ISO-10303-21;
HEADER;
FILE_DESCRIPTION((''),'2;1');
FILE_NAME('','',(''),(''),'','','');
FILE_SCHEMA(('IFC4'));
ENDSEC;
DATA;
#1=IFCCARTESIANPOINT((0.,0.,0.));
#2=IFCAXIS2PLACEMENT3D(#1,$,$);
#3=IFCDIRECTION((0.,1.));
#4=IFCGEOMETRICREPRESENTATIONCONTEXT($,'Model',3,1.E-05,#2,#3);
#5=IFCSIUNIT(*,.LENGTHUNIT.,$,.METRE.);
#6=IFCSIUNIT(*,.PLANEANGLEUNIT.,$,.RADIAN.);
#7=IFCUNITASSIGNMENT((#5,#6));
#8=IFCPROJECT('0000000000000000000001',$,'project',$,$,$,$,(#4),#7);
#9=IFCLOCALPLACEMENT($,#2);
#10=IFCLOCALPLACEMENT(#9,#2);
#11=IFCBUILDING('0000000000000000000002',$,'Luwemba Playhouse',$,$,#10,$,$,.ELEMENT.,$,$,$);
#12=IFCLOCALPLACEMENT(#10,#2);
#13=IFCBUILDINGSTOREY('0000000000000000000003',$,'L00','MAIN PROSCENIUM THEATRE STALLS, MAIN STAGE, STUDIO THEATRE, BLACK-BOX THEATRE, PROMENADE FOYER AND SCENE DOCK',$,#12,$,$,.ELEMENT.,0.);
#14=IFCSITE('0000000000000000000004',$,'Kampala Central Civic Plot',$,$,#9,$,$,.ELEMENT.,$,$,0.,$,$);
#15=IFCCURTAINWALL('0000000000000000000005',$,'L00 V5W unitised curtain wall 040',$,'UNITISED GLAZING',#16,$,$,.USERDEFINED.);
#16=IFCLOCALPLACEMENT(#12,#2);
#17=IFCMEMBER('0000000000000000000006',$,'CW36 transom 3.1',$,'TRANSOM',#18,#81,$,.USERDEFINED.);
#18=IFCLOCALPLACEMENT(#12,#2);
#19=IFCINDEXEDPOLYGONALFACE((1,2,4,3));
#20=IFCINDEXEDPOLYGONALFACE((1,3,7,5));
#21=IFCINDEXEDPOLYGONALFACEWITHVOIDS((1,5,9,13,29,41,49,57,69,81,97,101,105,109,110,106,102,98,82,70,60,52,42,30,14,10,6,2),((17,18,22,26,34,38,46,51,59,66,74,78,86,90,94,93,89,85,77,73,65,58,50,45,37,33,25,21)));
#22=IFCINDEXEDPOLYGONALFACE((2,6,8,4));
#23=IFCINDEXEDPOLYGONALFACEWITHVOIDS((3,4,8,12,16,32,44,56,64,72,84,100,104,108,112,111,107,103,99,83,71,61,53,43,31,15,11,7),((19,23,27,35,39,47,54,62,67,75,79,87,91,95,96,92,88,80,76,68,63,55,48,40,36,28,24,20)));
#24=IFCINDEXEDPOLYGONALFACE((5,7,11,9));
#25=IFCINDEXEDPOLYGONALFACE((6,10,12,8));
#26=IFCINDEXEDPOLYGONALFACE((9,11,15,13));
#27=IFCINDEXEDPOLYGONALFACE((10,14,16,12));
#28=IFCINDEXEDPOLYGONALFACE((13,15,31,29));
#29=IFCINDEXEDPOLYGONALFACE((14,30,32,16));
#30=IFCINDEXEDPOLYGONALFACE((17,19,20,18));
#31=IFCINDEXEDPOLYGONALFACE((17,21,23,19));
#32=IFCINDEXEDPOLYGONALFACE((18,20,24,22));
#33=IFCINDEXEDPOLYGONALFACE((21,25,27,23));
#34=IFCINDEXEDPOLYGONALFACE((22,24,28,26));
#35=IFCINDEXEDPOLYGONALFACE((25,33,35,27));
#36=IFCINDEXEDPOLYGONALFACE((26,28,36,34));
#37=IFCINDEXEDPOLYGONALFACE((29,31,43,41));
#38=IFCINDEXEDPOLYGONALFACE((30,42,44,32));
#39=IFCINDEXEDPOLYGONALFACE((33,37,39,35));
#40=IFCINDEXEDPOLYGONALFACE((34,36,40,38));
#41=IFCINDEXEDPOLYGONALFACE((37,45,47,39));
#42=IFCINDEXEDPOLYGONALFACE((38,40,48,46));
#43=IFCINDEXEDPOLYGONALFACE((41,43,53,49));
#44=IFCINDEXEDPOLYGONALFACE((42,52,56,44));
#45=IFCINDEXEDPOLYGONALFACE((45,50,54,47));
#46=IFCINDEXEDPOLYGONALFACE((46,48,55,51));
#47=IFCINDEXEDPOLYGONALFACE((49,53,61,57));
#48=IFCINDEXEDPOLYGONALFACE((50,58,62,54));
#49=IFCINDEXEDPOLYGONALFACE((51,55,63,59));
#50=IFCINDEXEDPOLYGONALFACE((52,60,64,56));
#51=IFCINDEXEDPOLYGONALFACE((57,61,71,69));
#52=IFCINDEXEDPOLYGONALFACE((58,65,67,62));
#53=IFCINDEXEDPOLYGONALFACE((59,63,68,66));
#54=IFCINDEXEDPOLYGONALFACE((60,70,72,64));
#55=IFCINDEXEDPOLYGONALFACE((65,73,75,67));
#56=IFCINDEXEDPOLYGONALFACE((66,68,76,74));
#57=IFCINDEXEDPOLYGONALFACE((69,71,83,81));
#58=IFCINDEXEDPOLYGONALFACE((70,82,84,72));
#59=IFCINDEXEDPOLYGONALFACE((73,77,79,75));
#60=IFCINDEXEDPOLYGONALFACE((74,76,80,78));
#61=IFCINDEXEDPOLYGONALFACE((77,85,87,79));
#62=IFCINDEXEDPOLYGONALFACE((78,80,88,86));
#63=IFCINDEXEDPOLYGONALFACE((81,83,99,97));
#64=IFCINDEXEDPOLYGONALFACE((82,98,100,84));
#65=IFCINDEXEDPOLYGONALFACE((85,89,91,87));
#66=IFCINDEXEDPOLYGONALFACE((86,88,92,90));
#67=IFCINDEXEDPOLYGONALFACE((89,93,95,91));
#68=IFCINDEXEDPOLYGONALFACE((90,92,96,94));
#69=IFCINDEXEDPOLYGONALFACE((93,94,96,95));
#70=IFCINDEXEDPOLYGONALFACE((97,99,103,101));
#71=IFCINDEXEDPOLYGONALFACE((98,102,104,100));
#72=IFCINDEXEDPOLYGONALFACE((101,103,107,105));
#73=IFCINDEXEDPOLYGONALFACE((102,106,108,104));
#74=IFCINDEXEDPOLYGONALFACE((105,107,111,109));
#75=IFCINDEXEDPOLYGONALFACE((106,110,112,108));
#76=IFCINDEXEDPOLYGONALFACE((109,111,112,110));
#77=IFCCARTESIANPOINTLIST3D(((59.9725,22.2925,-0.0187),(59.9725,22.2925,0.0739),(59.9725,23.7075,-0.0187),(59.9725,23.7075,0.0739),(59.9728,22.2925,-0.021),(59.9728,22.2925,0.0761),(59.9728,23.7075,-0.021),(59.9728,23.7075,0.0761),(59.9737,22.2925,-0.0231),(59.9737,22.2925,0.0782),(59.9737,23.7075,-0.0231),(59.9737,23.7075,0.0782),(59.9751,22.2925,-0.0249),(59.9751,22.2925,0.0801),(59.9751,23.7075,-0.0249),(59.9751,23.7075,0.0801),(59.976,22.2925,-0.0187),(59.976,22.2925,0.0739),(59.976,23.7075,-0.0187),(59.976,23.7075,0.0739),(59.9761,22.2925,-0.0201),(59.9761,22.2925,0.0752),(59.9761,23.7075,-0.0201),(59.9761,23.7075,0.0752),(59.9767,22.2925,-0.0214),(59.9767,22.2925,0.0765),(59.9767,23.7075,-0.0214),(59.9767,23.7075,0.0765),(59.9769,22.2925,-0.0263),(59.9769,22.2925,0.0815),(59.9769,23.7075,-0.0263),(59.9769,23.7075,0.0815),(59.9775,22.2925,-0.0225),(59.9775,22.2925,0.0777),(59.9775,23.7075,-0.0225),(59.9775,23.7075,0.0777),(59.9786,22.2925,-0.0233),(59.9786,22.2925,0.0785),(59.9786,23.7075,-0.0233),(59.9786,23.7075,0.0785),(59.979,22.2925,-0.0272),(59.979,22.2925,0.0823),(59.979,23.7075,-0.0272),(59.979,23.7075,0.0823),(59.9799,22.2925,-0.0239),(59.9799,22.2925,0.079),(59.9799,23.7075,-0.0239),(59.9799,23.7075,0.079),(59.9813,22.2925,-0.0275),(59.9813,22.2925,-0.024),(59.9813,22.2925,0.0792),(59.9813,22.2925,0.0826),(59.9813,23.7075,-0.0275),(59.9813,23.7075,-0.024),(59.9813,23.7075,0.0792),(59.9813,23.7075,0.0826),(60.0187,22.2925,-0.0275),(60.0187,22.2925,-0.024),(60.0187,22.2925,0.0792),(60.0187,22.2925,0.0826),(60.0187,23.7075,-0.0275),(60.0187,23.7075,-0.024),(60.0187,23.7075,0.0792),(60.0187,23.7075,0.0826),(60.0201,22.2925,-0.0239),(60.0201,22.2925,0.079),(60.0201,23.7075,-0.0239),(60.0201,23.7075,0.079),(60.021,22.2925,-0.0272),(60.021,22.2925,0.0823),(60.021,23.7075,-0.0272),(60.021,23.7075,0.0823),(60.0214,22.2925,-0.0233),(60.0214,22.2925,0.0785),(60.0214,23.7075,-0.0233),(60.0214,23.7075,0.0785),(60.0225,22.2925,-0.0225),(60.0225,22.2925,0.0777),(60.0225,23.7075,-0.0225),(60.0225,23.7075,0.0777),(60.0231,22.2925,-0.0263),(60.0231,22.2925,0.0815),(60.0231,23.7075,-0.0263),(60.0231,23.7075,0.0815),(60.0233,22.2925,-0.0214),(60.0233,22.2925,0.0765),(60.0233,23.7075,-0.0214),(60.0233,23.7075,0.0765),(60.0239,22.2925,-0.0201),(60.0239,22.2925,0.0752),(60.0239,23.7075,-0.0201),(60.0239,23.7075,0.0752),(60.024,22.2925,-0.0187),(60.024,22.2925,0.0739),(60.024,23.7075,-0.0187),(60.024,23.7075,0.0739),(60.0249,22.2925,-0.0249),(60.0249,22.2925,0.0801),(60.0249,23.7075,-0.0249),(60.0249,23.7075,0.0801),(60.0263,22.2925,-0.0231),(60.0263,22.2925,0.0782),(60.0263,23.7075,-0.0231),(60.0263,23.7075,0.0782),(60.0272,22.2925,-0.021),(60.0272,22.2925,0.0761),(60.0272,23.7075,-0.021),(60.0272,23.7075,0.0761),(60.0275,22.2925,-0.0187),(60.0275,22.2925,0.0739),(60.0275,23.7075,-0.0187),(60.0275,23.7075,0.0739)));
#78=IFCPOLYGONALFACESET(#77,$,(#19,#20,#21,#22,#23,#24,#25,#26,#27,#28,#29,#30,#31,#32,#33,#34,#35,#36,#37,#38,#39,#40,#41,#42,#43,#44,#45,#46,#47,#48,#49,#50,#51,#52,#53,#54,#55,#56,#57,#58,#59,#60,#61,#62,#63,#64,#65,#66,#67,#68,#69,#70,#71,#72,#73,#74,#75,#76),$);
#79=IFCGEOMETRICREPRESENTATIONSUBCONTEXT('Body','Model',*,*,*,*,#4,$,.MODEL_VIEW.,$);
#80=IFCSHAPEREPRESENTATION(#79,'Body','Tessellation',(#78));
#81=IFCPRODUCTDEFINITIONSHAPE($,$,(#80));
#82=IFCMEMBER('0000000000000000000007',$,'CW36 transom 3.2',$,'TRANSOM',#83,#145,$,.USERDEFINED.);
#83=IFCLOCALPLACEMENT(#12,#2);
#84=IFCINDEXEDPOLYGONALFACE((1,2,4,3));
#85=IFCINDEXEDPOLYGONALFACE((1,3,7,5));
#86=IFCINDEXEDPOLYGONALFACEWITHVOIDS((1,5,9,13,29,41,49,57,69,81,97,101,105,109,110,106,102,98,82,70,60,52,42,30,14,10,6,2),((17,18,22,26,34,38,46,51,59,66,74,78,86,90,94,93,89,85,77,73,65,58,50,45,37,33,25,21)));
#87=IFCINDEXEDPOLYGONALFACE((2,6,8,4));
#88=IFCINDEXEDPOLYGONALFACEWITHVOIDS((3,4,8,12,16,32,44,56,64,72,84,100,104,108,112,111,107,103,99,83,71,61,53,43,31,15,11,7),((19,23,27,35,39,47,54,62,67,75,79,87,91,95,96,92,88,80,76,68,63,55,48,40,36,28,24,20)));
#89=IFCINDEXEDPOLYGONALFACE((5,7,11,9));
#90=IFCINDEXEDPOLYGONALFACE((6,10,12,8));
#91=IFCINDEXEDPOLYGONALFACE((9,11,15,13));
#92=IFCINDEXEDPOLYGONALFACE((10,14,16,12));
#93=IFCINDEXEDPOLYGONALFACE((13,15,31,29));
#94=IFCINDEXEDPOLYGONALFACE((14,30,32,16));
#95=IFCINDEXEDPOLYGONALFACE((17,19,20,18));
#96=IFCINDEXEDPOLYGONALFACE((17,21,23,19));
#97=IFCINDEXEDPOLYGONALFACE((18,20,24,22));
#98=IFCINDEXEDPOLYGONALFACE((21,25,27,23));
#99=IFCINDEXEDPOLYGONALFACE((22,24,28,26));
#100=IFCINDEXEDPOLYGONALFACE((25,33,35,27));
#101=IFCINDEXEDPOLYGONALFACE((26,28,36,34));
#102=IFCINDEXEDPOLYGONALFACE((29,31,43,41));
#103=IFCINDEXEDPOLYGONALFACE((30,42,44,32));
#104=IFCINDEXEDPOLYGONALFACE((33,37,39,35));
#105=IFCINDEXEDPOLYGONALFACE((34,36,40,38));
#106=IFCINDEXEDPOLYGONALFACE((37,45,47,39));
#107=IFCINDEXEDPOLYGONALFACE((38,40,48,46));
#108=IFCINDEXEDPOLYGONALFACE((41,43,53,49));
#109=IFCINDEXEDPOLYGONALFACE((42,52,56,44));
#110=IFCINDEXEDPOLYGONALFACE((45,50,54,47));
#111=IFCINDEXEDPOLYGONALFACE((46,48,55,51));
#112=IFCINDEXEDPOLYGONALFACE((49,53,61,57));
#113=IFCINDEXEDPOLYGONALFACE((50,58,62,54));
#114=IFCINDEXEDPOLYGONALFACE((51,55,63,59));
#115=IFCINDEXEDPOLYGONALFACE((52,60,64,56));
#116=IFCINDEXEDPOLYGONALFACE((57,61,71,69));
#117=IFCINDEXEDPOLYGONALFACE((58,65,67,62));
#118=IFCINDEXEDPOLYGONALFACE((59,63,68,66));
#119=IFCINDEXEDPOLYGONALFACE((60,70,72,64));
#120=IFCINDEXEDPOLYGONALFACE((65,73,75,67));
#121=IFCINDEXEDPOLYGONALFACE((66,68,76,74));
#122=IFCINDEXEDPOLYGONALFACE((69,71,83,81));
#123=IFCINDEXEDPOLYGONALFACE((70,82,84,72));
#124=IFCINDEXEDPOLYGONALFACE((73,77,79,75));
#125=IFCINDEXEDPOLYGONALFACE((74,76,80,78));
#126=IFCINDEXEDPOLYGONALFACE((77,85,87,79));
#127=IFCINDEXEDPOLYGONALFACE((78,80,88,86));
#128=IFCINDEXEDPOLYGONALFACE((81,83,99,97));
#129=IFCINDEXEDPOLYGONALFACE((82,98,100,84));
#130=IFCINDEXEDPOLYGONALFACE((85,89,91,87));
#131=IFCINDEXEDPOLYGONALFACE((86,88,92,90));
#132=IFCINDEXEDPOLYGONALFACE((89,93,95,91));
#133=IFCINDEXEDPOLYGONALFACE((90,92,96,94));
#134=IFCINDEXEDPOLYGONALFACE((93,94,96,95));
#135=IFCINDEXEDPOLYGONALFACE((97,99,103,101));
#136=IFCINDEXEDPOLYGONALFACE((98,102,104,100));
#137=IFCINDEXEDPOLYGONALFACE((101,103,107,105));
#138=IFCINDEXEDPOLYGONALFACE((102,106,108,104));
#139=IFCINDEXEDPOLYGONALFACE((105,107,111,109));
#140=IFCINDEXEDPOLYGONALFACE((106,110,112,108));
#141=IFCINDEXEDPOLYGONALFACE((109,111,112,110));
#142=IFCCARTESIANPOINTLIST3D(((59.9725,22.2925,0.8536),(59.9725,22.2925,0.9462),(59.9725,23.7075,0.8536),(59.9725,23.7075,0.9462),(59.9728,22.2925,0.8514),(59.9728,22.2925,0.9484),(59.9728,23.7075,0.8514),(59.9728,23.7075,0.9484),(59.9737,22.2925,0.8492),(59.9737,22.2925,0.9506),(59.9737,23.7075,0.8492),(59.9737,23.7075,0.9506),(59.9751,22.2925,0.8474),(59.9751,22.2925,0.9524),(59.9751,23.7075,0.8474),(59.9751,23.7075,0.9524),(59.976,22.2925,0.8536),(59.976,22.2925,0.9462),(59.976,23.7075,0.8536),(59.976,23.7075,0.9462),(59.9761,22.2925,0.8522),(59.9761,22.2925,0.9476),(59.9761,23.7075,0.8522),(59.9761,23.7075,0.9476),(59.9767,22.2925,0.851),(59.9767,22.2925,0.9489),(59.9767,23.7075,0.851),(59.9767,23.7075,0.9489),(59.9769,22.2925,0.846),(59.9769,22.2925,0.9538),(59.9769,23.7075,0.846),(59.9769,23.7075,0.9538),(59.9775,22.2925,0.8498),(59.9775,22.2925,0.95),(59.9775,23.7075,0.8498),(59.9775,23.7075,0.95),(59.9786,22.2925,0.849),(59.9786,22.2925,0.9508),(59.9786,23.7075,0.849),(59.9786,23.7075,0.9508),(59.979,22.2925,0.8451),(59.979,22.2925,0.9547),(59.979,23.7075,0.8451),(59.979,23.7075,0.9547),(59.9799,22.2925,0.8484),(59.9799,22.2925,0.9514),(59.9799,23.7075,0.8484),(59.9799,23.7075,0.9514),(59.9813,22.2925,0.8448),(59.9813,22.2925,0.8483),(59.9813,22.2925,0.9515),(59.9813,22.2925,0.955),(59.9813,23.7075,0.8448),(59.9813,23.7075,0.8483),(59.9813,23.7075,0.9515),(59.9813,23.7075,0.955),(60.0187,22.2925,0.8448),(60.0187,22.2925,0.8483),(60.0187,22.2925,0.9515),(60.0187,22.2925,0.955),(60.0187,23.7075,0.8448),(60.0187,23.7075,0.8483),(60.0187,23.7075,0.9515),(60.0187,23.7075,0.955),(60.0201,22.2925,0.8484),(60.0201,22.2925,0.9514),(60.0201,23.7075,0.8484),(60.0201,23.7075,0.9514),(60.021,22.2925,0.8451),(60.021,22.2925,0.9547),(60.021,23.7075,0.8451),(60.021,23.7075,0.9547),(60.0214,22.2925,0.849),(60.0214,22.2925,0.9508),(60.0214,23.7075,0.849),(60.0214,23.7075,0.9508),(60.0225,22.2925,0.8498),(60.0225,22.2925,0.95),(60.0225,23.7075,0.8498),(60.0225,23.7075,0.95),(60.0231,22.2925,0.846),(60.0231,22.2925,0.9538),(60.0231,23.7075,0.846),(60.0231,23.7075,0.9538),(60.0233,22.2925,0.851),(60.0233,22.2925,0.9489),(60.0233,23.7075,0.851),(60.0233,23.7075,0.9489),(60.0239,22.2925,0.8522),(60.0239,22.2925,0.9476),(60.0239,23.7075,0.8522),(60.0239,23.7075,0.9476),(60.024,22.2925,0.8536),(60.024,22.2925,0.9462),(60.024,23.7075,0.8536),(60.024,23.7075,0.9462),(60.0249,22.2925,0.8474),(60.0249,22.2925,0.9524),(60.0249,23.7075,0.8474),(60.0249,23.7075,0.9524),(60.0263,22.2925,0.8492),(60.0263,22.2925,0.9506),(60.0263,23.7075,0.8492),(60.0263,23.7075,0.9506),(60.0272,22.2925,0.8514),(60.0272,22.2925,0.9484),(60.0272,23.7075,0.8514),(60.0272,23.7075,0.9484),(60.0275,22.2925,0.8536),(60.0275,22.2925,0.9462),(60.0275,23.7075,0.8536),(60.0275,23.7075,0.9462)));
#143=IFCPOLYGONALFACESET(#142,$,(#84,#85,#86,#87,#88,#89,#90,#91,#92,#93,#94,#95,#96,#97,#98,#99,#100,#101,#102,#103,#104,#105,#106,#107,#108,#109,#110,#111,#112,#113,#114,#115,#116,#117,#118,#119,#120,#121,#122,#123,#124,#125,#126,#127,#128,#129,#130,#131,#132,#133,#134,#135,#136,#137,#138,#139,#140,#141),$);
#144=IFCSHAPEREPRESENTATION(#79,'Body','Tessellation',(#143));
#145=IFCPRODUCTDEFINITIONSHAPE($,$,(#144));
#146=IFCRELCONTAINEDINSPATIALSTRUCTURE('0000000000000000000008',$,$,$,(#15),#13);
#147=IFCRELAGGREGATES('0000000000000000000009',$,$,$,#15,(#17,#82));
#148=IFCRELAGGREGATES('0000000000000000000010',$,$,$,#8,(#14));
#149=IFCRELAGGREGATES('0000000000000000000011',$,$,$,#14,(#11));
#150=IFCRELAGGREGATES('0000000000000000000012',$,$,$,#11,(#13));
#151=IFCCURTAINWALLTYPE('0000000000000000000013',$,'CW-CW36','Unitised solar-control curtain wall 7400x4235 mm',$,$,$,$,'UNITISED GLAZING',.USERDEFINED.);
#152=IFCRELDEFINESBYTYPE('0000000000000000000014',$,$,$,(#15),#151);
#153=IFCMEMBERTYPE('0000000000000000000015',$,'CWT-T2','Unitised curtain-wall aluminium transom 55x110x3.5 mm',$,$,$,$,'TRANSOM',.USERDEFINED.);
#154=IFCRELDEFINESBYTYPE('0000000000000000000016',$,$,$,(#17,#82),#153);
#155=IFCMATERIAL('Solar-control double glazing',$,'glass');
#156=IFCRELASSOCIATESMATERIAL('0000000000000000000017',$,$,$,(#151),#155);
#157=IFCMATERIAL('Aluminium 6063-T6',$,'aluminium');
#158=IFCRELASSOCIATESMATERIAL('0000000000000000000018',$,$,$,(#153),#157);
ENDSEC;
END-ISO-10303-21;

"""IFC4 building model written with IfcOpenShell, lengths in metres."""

from ifc_helpers import new_model, si_unit, direction, frame, origin, origin_2d, place, context, subcontext, project, spatial, hollow_rectangle, extrude, material, material_profile, profile_set, type_object, element, aggregate, save


model = new_model("IFC4")

# Units and contexts
model_context = context("Model", 3, precision=1e-05, world=origin(), true_north=direction((0.0, 1.0)))
body_context = subcontext(model_context, "Body", "Model", "MODEL_VIEW")
ifc_project = project(units=[si_unit("LENGTHUNIT", "METRE"), si_unit("PLANEANGLEUNIT", "RADIAN")], contexts=[model_context])

# Site, building, storey
site_placement = place(None, origin())
site = spatial("IfcSite", under=ifc_project, at=site_placement, Name="Kampala Central Civic Plot", CompositionType="ELEMENT", RefElevation=0.0)
building_placement = place(site_placement, origin())
building = spatial("IfcBuilding", under=site, at=building_placement, Name="Luwemba Playhouse", CompositionType="ELEMENT")
storey_placement = place(building_placement, origin())
storey = spatial("IfcBuildingStorey", under=building, at=storey_placement, Name="L00", Description="MAIN PROSCENIUM THEATRE STALLS, MAIN STAGE, STUDIO THEATRE, BLACK-BOX THEATRE, PROMENADE FOYER AND SCENE DOCK", CompositionType="ELEMENT", Elevation=0.0)

# Curtain wall, members
ifc_material_1 = material(Name="Solar-control double glazing", Category="glass")
curtain_wall_type = type_object("IfcCurtainWallType", Name="CW-CW36", Description="Unitised solar-control curtain wall 7400x4235 mm", ElementType="UNITISED GLAZING", PredefinedType="USERDEFINED", material=ifc_material_1)
curtain_wall_placement = place(storey_placement, origin())
curtain_wall = element("IfcCurtainWall", 1, at=curtain_wall_placement, inside=storey, type_object=curtain_wall_type, Name="L00 V5W unitised curtain wall 040", ObjectType="UNITISED GLAZING", PredefinedType="USERDEFINED")
ifc_material_2 = material(Name="Aluminium 6063-T6", Category="aluminium")
ifc_material_profile_1 = material_profile(ifc_material_2, hollow_rectangle(XDim=0.0549, YDim=0.1101, WallThickness=0.0034, InnerFilletRadius=0.0054, OuterFilletRadius=0.0088, at=origin_2d()))
ifc_profile_set_1 = profile_set([ifc_material_profile_1], Name="Aluminium 6063-T6")
member_type_1 = type_object("IfcMemberType", Name="CWT-T2", Description="Unitised curtain-wall aluminium transom 55x110x3.5 mm", ElementType="TRANSOM", PredefinedType="USERDEFINED", material=ifc_profile_set_1)
member_1_placement = place(storey_placement, frame((60.0, 23.7075, 0.0276), z_axis=(0.0, -1.0, 0.0), x_axis=(1.0, 0.0, 0.0)))
member_1 = element("IfcMember", 2, at=member_1_placement, type_object=member_type_1, Name="CW36 transom 3.1", ObjectType="TRANSOM", PredefinedType="USERDEFINED", context=body_context, shape_type="SweptSolid", body=[
    extrude(hollow_rectangle(XDim=0.0549, YDim=0.1101, WallThickness=0.0034, InnerFilletRadius=0.0054, OuterFilletRadius=0.0088, at=origin_2d()), origin(), (0.0, 0.0, 1.0), 1.415),
])
member_2_placement = place(storey_placement, frame((60.0, 23.7075, 0.8999), z_axis=(0.0, -1.0, 0.0), x_axis=(1.0, 0.0, 0.0)))
member_2 = element("IfcMember", 3, at=member_2_placement, type_object=member_type_1, Name="CW36 transom 3.2", ObjectType="TRANSOM", PredefinedType="USERDEFINED", context=body_context, shape_type="SweptSolid", body=[
    extrude(hollow_rectangle(XDim=0.0549, YDim=0.1101, WallThickness=0.0034, InnerFilletRadius=0.0054, OuterFilletRadius=0.0088, at=origin_2d()), origin(), (0.0, 0.0, 1.0), 1.415),
])
aggregate(curtain_wall, [member_1, member_2])

save(model, "model.ifc")
